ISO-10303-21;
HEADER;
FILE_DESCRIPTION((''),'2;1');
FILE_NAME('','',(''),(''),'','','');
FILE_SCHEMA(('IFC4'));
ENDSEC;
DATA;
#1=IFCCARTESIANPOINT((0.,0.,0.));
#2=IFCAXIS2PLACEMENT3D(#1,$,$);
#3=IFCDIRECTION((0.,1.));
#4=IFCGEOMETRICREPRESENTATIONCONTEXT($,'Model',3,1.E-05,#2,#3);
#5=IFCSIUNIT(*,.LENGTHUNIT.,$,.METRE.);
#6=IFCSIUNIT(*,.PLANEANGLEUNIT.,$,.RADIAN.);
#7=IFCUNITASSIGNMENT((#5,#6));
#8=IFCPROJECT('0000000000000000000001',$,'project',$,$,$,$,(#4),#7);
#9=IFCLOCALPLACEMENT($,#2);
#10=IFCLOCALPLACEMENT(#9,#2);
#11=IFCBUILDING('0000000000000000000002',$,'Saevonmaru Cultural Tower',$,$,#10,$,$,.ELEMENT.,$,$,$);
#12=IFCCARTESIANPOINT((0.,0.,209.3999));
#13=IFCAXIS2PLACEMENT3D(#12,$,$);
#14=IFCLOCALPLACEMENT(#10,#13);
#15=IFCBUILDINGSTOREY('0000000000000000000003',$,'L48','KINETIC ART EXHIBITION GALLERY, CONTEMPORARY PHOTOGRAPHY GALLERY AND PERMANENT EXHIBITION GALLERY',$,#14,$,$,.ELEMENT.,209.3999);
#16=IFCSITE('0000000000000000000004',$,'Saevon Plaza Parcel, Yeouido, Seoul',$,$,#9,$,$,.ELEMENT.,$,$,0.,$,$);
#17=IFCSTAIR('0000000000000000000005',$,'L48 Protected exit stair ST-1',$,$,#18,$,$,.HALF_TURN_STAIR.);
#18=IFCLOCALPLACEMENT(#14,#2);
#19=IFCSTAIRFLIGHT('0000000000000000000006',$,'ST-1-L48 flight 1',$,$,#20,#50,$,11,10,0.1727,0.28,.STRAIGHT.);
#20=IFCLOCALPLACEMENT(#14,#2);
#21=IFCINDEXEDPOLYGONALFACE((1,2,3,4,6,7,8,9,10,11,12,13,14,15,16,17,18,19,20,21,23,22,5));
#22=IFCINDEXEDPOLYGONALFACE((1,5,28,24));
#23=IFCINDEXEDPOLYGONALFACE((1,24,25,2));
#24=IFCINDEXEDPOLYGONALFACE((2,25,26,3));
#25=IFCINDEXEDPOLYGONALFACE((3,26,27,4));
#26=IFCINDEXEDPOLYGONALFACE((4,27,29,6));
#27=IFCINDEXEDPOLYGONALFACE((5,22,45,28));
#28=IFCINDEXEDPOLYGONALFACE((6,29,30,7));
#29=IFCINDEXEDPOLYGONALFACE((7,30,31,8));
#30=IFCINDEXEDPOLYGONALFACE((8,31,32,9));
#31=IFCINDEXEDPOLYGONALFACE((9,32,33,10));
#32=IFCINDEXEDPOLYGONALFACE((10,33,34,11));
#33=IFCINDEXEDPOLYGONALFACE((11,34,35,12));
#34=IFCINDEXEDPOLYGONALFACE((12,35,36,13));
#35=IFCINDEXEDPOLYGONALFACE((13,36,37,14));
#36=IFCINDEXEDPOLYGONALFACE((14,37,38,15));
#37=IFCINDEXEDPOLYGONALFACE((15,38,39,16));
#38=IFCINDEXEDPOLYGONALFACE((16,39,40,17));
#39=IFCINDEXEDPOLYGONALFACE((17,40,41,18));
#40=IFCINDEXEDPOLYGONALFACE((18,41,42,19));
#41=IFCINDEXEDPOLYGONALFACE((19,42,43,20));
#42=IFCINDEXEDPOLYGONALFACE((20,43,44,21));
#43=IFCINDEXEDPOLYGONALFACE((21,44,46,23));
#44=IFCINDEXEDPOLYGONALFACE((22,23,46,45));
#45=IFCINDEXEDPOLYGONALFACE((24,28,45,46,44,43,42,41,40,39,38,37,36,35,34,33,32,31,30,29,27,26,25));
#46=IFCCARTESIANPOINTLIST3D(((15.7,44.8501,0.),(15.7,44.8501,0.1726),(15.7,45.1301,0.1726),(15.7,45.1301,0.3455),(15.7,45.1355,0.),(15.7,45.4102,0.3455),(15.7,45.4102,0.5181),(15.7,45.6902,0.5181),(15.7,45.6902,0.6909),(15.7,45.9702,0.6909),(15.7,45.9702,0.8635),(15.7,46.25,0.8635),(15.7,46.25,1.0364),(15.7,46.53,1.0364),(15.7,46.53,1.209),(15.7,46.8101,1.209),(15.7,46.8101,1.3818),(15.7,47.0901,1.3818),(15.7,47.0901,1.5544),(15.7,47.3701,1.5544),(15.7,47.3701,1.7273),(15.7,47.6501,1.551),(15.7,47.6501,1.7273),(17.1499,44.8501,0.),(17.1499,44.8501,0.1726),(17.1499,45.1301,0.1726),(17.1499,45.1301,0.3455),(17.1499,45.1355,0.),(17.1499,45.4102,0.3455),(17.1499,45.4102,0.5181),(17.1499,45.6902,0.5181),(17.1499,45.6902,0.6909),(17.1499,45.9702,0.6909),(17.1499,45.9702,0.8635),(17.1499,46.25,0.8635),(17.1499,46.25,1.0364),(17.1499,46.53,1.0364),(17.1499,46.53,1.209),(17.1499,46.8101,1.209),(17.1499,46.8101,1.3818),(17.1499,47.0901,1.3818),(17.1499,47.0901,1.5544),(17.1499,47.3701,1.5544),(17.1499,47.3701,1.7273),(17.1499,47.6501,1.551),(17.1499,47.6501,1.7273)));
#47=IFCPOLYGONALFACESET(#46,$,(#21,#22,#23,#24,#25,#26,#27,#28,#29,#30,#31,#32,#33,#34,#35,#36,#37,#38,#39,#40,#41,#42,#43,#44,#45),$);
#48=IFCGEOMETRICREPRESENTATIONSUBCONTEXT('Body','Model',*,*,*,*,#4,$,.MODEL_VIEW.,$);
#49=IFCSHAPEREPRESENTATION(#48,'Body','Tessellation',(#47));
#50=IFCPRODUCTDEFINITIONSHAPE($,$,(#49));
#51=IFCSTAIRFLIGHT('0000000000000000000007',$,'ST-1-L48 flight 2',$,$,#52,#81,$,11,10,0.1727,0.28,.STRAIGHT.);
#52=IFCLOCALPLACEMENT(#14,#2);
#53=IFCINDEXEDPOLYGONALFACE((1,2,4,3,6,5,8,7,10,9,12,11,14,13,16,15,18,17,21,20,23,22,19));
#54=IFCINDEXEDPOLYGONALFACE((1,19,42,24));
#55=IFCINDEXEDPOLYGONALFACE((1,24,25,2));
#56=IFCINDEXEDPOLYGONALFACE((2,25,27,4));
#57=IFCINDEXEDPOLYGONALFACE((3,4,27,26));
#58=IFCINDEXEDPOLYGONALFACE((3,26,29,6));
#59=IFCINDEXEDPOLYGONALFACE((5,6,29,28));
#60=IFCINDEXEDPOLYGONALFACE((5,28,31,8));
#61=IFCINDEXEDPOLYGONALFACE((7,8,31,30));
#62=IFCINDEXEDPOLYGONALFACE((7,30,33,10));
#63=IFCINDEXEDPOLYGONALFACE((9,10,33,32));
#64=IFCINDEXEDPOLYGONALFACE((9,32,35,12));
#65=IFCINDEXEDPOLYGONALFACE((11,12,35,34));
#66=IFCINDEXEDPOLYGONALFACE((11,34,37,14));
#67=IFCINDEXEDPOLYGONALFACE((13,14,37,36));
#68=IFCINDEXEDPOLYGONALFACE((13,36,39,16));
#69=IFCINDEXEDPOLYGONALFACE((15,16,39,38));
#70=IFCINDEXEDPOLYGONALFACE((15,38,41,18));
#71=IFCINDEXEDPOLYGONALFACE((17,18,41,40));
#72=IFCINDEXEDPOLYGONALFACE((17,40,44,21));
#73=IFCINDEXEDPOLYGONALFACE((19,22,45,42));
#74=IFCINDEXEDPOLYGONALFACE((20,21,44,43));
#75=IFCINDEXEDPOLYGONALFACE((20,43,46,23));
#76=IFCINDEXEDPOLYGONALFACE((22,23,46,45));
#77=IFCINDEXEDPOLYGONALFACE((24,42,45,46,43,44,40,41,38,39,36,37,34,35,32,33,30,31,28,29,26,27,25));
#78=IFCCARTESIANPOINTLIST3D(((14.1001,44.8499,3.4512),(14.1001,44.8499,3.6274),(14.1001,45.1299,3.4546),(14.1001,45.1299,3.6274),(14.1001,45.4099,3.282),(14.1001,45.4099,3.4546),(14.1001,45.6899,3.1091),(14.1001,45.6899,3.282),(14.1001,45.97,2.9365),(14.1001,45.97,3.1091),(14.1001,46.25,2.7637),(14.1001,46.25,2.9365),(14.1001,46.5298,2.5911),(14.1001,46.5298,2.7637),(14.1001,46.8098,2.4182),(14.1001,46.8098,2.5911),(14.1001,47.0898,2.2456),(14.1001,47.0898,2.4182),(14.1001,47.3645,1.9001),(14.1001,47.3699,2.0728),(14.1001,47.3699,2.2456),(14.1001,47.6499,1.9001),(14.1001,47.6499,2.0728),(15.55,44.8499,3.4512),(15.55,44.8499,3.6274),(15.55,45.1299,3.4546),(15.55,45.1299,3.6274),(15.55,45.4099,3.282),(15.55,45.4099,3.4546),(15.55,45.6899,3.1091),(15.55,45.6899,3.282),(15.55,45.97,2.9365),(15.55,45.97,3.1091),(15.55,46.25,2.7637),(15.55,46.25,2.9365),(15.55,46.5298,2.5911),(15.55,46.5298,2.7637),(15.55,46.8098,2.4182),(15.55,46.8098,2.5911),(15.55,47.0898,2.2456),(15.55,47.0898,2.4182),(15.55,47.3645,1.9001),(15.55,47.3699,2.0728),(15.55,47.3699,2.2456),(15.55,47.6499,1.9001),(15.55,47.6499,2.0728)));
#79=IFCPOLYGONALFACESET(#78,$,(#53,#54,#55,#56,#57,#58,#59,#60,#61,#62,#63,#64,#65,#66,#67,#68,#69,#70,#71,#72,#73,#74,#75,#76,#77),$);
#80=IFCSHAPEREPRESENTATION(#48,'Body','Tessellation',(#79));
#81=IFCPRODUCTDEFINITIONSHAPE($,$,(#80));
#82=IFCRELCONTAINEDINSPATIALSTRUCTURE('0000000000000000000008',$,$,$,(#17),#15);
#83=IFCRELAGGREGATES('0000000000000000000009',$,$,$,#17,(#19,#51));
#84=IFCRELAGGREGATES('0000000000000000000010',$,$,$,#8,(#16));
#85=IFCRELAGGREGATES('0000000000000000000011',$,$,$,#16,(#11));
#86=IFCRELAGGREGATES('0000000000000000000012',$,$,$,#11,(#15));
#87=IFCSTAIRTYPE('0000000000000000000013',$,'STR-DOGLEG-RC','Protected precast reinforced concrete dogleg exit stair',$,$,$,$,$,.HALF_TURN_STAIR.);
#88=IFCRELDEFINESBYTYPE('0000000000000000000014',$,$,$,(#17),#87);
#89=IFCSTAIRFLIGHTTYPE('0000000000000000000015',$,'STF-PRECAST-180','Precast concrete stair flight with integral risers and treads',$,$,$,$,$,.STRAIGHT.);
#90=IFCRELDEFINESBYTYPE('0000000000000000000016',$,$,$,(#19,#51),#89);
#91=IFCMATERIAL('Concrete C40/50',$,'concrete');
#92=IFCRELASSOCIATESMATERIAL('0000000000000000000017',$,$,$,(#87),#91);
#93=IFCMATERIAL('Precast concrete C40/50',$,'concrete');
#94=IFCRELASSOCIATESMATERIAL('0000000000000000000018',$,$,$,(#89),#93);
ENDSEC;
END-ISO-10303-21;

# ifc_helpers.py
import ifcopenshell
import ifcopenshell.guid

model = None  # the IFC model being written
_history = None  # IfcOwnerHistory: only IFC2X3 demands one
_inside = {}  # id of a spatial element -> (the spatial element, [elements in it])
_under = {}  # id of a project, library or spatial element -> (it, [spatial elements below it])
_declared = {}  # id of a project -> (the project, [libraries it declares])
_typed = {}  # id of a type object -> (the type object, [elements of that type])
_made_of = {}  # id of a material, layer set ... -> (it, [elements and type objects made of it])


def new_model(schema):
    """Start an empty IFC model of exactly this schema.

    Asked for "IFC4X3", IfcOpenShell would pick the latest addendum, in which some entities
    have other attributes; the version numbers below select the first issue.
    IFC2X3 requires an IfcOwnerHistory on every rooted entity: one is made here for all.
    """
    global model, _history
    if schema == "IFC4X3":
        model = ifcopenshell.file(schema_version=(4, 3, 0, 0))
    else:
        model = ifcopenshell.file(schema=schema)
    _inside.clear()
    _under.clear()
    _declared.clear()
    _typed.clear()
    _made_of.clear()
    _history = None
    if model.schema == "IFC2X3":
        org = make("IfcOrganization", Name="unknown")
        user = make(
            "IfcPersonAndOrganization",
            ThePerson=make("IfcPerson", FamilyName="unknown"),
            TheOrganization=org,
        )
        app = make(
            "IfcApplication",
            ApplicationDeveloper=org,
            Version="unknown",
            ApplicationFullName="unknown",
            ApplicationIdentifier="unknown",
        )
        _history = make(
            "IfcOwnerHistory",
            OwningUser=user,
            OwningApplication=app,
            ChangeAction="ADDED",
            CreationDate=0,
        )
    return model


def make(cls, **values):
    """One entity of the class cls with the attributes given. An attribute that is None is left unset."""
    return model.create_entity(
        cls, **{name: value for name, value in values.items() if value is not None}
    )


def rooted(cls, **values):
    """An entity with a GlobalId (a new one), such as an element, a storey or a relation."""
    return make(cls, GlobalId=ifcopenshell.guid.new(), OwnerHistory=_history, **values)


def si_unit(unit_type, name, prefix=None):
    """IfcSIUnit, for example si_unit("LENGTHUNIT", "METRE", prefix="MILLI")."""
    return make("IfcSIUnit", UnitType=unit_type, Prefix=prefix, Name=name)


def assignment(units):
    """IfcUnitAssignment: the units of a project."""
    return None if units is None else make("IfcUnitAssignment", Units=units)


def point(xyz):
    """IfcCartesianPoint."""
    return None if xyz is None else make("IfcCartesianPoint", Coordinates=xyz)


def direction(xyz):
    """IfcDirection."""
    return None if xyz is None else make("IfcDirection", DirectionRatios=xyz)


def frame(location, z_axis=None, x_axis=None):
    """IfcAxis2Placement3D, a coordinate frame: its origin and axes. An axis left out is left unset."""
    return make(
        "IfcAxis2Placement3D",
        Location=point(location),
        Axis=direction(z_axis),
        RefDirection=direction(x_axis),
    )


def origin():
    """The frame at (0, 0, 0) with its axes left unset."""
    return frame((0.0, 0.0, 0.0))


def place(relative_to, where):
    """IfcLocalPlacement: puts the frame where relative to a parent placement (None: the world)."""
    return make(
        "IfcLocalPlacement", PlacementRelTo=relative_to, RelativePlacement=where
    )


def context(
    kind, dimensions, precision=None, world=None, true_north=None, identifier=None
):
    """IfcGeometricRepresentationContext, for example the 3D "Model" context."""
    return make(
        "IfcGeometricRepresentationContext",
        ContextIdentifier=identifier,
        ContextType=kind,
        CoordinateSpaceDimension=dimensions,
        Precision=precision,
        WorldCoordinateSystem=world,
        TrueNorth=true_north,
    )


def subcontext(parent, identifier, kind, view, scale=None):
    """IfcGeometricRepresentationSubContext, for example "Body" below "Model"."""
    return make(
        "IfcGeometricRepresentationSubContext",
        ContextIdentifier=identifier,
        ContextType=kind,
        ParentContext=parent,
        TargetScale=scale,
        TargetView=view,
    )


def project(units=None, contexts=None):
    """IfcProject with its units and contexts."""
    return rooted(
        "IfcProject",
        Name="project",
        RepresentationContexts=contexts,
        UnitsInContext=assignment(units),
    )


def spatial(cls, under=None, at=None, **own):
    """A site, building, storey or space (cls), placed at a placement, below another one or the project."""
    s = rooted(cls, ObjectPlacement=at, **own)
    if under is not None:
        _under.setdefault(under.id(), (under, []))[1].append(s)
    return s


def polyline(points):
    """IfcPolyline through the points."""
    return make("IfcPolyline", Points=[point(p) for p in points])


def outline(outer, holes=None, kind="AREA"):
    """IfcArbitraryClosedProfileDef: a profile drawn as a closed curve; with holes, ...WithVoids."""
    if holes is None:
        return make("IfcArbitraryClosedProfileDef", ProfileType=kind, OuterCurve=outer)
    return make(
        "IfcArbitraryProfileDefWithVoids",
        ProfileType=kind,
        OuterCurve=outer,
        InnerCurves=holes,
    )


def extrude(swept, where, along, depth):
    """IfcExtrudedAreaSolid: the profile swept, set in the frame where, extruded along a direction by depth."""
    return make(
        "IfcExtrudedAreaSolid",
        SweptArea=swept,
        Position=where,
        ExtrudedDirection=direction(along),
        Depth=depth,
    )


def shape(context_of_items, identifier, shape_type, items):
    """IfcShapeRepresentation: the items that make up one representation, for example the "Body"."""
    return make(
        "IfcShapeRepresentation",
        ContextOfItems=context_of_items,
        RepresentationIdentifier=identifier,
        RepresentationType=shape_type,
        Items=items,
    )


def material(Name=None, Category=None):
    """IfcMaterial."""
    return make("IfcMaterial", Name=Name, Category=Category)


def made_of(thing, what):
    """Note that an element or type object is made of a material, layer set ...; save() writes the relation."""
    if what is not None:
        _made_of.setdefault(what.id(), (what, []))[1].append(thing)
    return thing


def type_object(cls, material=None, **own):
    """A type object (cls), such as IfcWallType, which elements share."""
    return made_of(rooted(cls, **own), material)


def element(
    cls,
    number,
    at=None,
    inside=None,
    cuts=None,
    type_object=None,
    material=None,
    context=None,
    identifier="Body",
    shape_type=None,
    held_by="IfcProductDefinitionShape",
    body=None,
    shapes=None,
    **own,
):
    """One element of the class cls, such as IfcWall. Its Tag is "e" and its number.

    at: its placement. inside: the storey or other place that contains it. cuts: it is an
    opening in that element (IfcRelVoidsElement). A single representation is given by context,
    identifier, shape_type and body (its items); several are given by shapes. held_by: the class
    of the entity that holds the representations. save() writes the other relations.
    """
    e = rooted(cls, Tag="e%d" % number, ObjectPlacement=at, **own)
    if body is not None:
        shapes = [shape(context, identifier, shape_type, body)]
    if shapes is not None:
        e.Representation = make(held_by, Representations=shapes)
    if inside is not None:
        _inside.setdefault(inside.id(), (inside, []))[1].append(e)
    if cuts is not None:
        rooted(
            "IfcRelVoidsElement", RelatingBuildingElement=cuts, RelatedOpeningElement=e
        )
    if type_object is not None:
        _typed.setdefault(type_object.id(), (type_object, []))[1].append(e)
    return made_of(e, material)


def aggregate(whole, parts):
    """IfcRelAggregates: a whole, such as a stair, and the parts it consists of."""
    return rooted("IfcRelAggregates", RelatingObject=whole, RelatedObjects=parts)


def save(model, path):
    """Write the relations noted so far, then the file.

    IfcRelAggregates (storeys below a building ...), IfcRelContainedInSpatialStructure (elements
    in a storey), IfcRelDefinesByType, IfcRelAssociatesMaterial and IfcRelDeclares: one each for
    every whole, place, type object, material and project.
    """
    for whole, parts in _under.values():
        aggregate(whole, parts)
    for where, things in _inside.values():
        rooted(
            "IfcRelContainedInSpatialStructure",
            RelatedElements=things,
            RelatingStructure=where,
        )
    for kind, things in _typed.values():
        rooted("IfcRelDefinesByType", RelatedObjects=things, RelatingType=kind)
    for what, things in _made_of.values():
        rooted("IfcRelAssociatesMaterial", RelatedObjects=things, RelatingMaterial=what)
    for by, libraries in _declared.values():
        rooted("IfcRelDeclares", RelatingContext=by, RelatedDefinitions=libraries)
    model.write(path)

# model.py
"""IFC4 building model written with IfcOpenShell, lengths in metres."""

from ifc_helpers import new_model, si_unit, direction, frame, origin, place, context, subcontext, project, spatial, polyline, outline, extrude, material, type_object, element, aggregate, save


model = new_model("IFC4")

# Units and contexts
model_context = context("Model", 3, precision=1e-05, world=origin(), true_north=direction((0.0, 1.0)))
body_context = subcontext(model_context, "Body", "Model", "MODEL_VIEW")
ifc_project = project(units=[si_unit("LENGTHUNIT", "METRE"), si_unit("PLANEANGLEUNIT", "RADIAN")], contexts=[model_context])

# Site, building, storey
site_placement = place(None, origin())
site = spatial("IfcSite", under=ifc_project, at=site_placement, Name="Saevon Plaza Parcel, Yeouido, Seoul", CompositionType="ELEMENT", RefElevation=0.0)
building_placement = place(site_placement, origin())
building = spatial("IfcBuilding", under=site, at=building_placement, Name="Saevonmaru Cultural Tower", CompositionType="ELEMENT")
storey_placement = place(building_placement, frame((0.0, 0.0, 209.3999)))
storey = spatial("IfcBuildingStorey", under=building, at=storey_placement, Name="L48", Description="KINETIC ART EXHIBITION GALLERY, CONTEMPORARY PHOTOGRAPHY GALLERY AND PERMANENT EXHIBITION GALLERY", CompositionType="ELEMENT", Elevation=209.3999)

# Shared definitions
ifc_material_1 = material(Name="Concrete C40/50", Category="concrete")

# Stair, stair flights
stair_type = type_object("IfcStairType", Name="STR-DOGLEG-RC", Description="Protected precast reinforced concrete dogleg exit stair", PredefinedType="HALF_TURN_STAIR", material=ifc_material_1)
stair_placement = place(storey_placement, origin())
stair = element("IfcStair", 1, at=stair_placement, inside=storey, type_object=stair_type, Name="L48 Protected exit stair ST-1", PredefinedType="HALF_TURN_STAIR")
ifc_material_2 = material(Name="Precast concrete C40/50", Category="concrete")
stair_flight_type = type_object("IfcStairFlightType", Name="STF-PRECAST-180", Description="Precast concrete stair flight with integral risers and treads", PredefinedType="STRAIGHT", material=ifc_material_2)
stair_flight_1_placement = place(storey_placement, frame((16.425, 44.8501, 0.0), z_axis=(0.0, 0.0, 1.0), x_axis=(0.0, 1.0, 0.0)))
stair_flight_1 = element("IfcStairFlight", 2, at=stair_flight_1_placement, type_object=stair_flight_type, Name="ST-1-L48 flight 1", NumberOfRisers=11, NumberOfTreads=10, PredefinedType="STRAIGHT", RiserHeight=0.1727, TreadLength=0.28, context=body_context, shape_type="SweptSolid", body=[
    extrude(outline(polyline([(0.0, 0.0), (0.0, 0.1726), (0.28, 0.1726), (0.28, 0.3455), (0.5601, 0.3455), (0.5601, 0.5181), (0.8401, 0.5181), (0.8401, 0.6909), (1.1201, 0.6909), (1.1201, 0.8635), (1.3999, 0.8635), (1.3999, 1.0364), (1.6799, 1.0364), (1.6799, 1.209), (1.96, 1.209), (1.96, 1.3818), (2.24, 1.3818), (2.24, 1.5544), (2.52, 1.5544), (2.52, 1.7273), (2.8, 1.7273), (2.8, 1.8999), (2.8, 1.551), (0.2854, 0.0), (0.0, 0.0)])), frame((0.0, 0.7251, 0.0), z_axis=(0.0, -1.0, 0.0), x_axis=(1.0, 0.0, 0.0)), (0.0, 0.0, 1.0), 1.45),
])
stair_flight_2_placement = place(storey_placement, frame((14.825, 47.6499, 1.9001), z_axis=(0.0, 0.0, 1.0), x_axis=(0.0, -1.0, 0.0)))
stair_flight_2 = element("IfcStairFlight", 3, at=stair_flight_2_placement, type_object=stair_flight_type, Name="ST-1-L48 flight 2", NumberOfRisers=11, NumberOfTreads=10, PredefinedType="STRAIGHT", RiserHeight=0.1727, TreadLength=0.28, context=body_context, shape_type="SweptSolid", body=[
    extrude(outline(polyline([(0.0, 0.0), (0.0, 0.1726), (0.28, 0.1726), (0.28, 0.3455), (0.5601, 0.3455), (0.5601, 0.5181), (0.8401, 0.5181), (0.8401, 0.6909), (1.1201, 0.6909), (1.1201, 0.8635), (1.3999, 0.8635), (1.3999, 1.0364), (1.6799, 1.0364), (1.6799, 1.209), (1.96, 1.209), (1.96, 1.3818), (2.24, 1.3818), (2.24, 1.5544), (2.52, 1.5544), (2.52, 1.7273), (2.8, 1.7273), (2.8, 1.8999), (2.8, 1.551), (0.2854, 0.0), (0.0, 0.0)])), frame((0.0, 0.7251, 0.0), z_axis=(0.0, -1.0, 0.0), x_axis=(1.0, 0.0, 0.0)), (0.0, 0.0, 1.0), 1.45),
])
aggregate(stair, [stair_flight_1, stair_flight_2])

save(model, "model.ifc")
